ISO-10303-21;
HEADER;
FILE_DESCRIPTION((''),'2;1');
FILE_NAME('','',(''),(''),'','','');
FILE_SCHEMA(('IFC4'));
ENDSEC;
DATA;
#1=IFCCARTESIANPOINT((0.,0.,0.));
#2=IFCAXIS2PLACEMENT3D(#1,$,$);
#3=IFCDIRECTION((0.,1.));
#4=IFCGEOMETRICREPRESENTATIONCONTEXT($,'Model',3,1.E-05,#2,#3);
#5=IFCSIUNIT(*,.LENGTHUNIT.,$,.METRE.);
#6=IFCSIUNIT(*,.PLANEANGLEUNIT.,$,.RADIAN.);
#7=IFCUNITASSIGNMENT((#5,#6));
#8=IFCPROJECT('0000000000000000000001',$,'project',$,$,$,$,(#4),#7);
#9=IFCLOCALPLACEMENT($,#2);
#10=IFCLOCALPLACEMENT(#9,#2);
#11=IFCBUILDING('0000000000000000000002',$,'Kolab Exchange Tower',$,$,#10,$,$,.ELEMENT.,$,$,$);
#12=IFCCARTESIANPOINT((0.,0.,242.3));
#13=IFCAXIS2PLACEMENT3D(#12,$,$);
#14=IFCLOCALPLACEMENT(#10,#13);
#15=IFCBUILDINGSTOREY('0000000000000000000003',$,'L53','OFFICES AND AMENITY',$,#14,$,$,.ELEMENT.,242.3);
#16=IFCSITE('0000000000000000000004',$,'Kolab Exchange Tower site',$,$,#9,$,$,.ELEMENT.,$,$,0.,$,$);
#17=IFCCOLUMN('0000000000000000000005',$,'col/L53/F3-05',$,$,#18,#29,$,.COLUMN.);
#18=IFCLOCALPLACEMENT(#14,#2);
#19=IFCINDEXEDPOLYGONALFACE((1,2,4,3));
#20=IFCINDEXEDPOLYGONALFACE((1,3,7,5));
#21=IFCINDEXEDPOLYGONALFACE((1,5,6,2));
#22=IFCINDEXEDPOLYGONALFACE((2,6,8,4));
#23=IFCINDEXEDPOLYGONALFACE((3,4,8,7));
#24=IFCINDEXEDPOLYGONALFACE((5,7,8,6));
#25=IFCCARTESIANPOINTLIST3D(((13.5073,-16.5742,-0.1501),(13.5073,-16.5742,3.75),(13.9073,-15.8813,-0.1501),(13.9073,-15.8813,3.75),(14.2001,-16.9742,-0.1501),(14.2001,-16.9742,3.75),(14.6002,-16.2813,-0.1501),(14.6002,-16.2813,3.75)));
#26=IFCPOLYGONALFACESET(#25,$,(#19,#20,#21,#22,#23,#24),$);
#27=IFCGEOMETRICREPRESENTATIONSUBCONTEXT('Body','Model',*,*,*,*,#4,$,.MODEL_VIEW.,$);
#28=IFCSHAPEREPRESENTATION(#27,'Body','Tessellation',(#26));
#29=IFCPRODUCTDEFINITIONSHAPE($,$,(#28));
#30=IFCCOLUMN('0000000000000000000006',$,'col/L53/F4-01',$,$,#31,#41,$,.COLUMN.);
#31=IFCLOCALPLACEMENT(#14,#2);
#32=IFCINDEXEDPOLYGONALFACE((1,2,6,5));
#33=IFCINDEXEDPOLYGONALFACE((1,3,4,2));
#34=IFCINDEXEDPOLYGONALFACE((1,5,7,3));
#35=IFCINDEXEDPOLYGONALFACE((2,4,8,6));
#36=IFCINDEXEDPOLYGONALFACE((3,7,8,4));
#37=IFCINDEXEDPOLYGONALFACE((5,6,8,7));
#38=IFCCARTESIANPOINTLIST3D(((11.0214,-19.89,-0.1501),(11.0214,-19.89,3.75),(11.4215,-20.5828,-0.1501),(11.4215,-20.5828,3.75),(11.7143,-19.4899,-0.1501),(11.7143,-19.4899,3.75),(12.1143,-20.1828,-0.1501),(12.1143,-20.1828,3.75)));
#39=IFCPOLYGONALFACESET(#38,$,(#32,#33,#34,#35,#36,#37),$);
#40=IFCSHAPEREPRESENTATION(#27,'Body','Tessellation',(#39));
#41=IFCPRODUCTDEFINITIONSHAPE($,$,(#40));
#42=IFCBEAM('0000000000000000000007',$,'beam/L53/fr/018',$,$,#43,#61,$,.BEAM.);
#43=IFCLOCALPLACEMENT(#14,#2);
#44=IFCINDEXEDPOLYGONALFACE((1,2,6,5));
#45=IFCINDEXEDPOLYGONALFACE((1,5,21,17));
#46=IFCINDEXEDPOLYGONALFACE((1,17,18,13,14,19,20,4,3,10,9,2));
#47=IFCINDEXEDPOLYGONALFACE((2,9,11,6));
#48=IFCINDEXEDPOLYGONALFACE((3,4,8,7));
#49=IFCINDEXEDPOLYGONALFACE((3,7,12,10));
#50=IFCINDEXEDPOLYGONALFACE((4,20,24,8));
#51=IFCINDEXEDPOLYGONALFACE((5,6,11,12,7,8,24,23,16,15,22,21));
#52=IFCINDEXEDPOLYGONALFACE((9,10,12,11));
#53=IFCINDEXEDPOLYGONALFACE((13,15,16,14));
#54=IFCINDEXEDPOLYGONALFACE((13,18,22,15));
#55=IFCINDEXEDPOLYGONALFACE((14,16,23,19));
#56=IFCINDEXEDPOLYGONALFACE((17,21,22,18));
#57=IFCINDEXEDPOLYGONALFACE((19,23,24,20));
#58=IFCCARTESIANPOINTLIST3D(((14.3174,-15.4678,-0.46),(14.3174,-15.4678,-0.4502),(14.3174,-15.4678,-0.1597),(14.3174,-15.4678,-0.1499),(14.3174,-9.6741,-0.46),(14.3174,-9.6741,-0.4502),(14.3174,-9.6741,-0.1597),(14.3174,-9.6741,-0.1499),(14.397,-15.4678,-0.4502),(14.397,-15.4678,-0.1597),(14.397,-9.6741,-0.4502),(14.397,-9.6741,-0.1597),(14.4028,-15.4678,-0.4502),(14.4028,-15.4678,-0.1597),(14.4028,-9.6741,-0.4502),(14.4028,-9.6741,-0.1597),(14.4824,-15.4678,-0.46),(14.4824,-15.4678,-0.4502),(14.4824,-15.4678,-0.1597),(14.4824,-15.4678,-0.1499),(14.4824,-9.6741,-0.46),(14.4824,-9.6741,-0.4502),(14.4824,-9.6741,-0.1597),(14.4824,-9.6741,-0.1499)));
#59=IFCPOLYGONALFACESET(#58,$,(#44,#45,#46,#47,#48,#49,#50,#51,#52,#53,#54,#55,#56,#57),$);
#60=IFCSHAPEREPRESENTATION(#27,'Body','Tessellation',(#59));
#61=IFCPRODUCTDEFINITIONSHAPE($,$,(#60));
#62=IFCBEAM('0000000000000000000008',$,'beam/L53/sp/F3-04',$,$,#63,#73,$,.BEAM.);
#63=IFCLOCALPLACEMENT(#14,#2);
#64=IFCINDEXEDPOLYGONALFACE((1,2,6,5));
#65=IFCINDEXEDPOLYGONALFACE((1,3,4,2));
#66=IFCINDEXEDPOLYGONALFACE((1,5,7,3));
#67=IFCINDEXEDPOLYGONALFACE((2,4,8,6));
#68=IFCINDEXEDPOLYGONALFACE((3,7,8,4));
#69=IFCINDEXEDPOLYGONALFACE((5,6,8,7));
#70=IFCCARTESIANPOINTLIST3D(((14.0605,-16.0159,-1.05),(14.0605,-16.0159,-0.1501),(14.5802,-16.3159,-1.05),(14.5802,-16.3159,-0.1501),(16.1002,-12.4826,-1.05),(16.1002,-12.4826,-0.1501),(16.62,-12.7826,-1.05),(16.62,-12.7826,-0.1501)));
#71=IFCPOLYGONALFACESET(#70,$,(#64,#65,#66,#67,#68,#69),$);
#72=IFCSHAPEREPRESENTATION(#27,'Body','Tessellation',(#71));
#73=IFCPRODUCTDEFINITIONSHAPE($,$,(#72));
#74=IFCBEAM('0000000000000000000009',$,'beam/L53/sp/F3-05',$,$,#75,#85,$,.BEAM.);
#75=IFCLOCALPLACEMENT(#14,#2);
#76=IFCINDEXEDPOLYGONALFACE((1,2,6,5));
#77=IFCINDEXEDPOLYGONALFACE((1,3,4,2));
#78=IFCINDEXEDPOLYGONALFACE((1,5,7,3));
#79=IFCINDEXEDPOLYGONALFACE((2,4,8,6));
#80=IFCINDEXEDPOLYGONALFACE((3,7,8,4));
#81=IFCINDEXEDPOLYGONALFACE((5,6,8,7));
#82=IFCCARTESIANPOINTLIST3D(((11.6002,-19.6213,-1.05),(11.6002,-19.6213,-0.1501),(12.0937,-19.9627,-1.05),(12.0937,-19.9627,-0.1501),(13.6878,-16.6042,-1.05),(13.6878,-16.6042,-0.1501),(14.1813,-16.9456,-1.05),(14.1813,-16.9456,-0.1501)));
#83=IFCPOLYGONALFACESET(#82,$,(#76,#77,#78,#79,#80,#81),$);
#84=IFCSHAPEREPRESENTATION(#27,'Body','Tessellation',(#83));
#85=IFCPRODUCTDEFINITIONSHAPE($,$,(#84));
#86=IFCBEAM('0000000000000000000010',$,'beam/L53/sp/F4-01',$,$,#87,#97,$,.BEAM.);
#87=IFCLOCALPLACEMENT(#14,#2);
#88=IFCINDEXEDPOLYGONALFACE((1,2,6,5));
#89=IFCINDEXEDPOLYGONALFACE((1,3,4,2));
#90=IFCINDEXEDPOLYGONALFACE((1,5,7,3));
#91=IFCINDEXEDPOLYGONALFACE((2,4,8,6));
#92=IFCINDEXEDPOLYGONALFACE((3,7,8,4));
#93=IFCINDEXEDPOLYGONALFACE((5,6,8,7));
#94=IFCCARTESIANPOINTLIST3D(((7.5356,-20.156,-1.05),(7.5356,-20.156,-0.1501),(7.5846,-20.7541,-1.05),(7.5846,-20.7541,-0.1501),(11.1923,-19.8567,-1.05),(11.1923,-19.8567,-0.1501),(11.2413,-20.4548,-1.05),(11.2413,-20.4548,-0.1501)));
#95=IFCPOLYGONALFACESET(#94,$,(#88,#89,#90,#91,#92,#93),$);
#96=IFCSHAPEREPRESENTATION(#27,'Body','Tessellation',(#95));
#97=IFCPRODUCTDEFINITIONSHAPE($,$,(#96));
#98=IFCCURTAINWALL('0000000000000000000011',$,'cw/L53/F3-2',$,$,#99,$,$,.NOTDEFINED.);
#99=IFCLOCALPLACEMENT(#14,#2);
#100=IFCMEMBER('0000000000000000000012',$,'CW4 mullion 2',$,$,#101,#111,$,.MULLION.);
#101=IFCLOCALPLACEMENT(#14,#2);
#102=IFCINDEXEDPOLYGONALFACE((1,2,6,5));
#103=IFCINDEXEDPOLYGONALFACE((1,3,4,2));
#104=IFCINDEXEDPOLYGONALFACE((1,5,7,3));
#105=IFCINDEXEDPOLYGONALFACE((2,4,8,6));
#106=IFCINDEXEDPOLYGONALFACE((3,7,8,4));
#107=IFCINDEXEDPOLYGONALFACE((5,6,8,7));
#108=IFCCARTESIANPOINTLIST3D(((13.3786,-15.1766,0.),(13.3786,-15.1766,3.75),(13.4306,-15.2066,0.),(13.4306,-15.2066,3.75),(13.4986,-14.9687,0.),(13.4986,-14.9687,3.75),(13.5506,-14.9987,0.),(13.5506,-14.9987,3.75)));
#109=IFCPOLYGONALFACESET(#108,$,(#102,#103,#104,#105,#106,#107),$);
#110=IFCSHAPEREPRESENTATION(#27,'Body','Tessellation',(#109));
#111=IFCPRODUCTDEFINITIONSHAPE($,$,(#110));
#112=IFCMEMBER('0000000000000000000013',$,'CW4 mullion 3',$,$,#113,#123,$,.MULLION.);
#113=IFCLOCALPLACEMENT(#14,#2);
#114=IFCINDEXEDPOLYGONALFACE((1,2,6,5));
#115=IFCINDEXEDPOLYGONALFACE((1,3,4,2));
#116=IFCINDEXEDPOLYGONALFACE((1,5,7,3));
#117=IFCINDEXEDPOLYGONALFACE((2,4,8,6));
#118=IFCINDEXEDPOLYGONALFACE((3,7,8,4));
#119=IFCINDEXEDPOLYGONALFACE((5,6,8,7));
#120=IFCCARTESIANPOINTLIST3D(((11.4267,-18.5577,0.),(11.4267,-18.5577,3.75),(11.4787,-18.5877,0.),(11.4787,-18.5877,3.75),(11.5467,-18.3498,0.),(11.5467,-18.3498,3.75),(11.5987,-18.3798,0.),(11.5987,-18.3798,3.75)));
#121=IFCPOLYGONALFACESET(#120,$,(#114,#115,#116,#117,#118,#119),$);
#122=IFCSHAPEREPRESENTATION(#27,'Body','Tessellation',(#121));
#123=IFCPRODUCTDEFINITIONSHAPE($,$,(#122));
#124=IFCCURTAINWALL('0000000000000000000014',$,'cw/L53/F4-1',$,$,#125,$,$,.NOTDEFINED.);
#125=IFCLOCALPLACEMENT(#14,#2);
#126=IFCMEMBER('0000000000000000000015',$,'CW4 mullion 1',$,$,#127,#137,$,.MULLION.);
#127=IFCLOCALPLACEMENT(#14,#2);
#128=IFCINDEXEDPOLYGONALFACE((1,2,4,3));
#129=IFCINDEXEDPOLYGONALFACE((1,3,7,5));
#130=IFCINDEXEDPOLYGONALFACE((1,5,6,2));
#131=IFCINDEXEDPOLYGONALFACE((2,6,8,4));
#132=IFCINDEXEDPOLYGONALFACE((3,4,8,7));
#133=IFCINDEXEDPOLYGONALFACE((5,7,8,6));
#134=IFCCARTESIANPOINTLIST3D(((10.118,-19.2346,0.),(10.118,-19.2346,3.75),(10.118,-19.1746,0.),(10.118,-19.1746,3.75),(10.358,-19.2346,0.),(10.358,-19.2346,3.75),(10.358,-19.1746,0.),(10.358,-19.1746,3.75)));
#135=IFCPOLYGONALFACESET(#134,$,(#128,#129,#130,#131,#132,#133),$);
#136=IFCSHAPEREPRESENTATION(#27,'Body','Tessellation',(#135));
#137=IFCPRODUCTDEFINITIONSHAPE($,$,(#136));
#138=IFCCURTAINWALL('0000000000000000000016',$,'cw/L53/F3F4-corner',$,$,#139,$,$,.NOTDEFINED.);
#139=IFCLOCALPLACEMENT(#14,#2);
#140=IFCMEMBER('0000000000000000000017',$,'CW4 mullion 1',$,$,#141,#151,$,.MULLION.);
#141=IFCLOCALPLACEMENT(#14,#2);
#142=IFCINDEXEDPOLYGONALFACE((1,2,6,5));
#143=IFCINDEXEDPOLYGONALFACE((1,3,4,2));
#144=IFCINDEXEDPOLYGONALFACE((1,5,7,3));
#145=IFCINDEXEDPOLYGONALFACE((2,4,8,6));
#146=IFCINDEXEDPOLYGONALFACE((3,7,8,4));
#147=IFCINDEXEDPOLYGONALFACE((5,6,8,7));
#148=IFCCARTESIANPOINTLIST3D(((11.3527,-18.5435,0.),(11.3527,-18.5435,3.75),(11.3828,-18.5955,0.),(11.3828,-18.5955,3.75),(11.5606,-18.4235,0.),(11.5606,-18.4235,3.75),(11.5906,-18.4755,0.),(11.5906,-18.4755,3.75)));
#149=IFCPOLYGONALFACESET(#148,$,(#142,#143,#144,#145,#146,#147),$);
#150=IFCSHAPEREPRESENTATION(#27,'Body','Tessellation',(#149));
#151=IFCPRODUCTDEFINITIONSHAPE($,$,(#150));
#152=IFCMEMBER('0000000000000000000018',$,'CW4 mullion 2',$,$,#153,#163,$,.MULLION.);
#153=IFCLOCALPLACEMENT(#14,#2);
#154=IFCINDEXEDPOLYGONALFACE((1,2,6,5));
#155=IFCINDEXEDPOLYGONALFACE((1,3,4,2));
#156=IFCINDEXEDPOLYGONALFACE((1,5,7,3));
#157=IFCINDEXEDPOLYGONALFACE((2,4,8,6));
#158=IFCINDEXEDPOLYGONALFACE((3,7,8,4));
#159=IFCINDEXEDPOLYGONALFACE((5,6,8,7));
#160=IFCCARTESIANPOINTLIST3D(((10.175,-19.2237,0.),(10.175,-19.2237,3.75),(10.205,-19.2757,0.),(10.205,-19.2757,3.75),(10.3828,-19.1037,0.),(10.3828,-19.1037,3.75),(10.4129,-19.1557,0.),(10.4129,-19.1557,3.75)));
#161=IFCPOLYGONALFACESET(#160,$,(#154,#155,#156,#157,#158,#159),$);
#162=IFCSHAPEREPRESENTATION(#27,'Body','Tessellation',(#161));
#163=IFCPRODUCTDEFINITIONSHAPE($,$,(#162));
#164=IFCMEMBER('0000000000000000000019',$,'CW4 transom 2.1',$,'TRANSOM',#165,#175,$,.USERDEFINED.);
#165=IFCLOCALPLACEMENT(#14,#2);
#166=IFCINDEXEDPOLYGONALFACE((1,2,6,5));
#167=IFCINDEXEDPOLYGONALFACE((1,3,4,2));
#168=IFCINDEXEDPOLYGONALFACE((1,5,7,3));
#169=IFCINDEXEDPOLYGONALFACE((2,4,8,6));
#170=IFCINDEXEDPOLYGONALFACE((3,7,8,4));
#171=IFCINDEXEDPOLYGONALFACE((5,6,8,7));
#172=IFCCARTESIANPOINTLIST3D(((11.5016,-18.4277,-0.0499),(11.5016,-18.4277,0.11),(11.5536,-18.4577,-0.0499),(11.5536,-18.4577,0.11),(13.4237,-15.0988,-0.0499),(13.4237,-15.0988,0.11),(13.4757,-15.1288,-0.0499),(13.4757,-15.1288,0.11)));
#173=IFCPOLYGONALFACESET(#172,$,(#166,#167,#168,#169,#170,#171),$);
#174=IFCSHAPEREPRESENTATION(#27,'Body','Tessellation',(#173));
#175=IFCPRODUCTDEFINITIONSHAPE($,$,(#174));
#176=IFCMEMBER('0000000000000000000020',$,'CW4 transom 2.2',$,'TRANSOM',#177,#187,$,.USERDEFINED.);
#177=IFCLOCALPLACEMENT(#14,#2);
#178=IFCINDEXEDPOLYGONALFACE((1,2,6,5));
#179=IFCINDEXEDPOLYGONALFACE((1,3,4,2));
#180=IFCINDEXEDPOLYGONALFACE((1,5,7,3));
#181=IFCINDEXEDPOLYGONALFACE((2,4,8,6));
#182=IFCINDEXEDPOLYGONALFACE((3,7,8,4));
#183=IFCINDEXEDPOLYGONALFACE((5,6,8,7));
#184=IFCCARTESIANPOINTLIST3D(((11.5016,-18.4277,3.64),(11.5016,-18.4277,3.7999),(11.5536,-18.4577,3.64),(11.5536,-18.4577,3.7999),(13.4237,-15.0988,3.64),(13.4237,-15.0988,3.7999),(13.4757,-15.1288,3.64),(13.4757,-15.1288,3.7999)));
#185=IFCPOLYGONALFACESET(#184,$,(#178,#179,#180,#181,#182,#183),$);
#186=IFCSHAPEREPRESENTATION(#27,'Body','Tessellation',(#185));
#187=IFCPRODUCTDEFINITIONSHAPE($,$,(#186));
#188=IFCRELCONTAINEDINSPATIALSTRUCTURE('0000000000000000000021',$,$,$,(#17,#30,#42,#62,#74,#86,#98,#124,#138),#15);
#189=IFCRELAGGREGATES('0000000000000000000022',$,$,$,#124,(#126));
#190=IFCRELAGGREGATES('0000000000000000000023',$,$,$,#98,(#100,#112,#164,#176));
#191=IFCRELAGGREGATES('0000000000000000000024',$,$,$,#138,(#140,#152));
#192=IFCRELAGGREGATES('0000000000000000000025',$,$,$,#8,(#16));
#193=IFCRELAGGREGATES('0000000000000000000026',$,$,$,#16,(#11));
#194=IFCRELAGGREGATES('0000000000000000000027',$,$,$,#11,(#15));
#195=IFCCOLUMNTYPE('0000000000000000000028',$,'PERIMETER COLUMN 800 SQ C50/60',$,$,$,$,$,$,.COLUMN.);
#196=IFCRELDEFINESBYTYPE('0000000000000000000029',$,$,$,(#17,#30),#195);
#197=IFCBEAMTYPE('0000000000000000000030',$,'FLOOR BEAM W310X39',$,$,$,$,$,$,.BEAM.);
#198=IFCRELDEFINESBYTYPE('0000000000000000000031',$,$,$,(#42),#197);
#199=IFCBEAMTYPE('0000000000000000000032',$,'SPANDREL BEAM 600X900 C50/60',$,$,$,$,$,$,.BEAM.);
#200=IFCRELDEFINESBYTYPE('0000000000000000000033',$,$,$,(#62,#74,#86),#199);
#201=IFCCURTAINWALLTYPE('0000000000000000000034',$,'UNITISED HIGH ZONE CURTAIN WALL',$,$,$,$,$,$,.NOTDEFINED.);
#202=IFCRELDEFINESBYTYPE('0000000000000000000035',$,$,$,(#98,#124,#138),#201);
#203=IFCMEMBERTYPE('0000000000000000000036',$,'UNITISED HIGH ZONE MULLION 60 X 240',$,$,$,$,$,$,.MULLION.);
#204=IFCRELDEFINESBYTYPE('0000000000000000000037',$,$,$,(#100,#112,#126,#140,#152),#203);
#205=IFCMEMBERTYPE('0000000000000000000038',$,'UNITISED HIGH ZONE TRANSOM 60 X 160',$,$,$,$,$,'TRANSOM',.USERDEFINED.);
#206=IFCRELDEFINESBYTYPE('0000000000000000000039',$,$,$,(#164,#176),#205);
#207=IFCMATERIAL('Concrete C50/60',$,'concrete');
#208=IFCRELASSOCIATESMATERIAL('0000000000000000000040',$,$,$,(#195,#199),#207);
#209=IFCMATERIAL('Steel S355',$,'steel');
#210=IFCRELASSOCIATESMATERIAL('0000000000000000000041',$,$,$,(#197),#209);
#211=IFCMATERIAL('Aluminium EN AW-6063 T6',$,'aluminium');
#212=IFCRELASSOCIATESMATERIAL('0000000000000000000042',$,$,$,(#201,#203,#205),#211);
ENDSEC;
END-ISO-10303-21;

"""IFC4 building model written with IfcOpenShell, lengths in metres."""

from ifc_helpers import new_model, si_unit, direction, frame, origin, origin_2d, place, context, subcontext, project, spatial, rectangle, i_section, extrude, material, material_profile, profile_set, type_object, element, aggregate, save


model = new_model("IFC4")

# Units and contexts
model_context = context("Model", 3, precision=1e-05, world=origin(), true_north=direction((0.0, 1.0)))
body_context = subcontext(model_context, "Body", "Model", "MODEL_VIEW")
ifc_project = project(units=[si_unit("LENGTHUNIT", "METRE"), si_unit("PLANEANGLEUNIT", "RADIAN")], contexts=[model_context])

# Site, building, storey
site_placement = place(None, origin())
site = spatial("IfcSite", under=ifc_project, at=site_placement, Name="Kolab Exchange Tower site", CompositionType="ELEMENT", RefElevation=0.0)
building_placement = place(site_placement, origin())
building = spatial("IfcBuilding", under=site, at=building_placement, Name="Kolab Exchange Tower", CompositionType="ELEMENT")
storey_placement = place(building_placement, frame((0.0, 0.0, 242.3)))
storey = spatial("IfcBuildingStorey", under=building, at=storey_placement, Name="L53", Description="OFFICES AND AMENITY", CompositionType="ELEMENT", Elevation=242.3)

# Columns
ifc_material_1 = material(Name="Concrete C50/60", Category="concrete")
ifc_material_profile_1 = material_profile(ifc_material_1, rectangle(XDim=0.8, YDim=0.8, at=origin_2d()), Name="RC800")
ifc_profile_set_1 = profile_set([ifc_material_profile_1], Name="Concrete C50/60")
column_type = type_object("IfcColumnType", Name="PERIMETER COLUMN 800 SQ C50/60", PredefinedType="COLUMN", material=ifc_profile_set_1)
for number, where, z_axis, x_axis, name in (
    (1, (14.0537, -16.4277, -0.1501), (0.0, 0.0, 1.0), (0.5, 0.866025, 0.0), "col/L53/F3-05"),
    (2, (11.5679, -20.0364, -0.1501), (0.0, 0.0, 1.0), (0.866025, 0.5, 0.0), "col/L53/F4-01"),
):
    element("IfcColumn", number, at=place(storey_placement, frame(where, z_axis=z_axis, x_axis=x_axis)), inside=storey, type_object=column_type, Name=name, PredefinedType="COLUMN", context=body_context, shape_type="SweptSolid", body=[
        extrude(rectangle(XDim=0.8, YDim=0.8, at=origin_2d()), origin(), (0.0, 0.0, 1.0), 3.9001),
    ])

# Beams
ifc_material_2 = material(Name="Steel S355", Category="steel")
ifc_material_profile_2 = material_profile(ifc_material_2, i_section(OverallWidth=0.165, OverallDepth=0.3101, WebThickness=0.0059, FlangeThickness=0.0098, at=origin_2d()), Name="W310X39")
ifc_profile_set_2 = profile_set([ifc_material_profile_2], Name="Steel S355")
beam_type_1 = type_object("IfcBeamType", Name="FLOOR BEAM W310X39", PredefinedType="BEAM", material=ifc_profile_set_2)
beam_1_placement = place(storey_placement, frame((14.3999, -15.4678, -0.3049), z_axis=(0.0, 1.0, 0.0), x_axis=(-1.0, 0.0, 0.0)))
element("IfcBeam", 3, at=beam_1_placement, inside=storey, type_object=beam_type_1, Name="beam/L53/fr/018", PredefinedType="BEAM", context=body_context, shape_type="SweptSolid", body=[
    extrude(i_section(OverallWidth=0.165, OverallDepth=0.3101, WebThickness=0.0059, FlangeThickness=0.0098, at=origin_2d()), origin(), (0.0, 0.0, 1.0), 5.7937),
])
ifc_material_profile_3 = material_profile(ifc_material_1, rectangle(XDim=0.6001, YDim=0.8999, at=origin_2d()), Name="RC600X900")
ifc_profile_set_3 = profile_set([ifc_material_profile_3], Name="Concrete C50/60")
beam_type_2 = type_object("IfcBeamType", Name="SPANDREL BEAM 600X900 C50/60", PredefinedType="BEAM", material=ifc_profile_set_3)
beam_2_placement = place(storey_placement, frame((16.3601, -12.6326, -0.6001), z_axis=(-0.499956, -0.866051, 0.0), x_axis=(0.866051, -0.499956, 0.0)))
element("IfcBeam", 4, at=beam_2_placement, inside=storey, type_object=beam_type_2, Name="beam/L53/sp/F3-04", PredefinedType="BEAM", context=body_context, shape_type="SweptSolid", body=[
    extrude(rectangle(XDim=0.6001, YDim=0.8999, at=origin_2d()), origin(), (0.0, 0.0, 1.0), 4.0798),
])
for number, where, z_axis, x_axis, name in (
    (5, (13.9346, -16.7749, -0.6001), (-0.569006, -0.822334, 0.0), (0.822334, -0.569006, 0.0), "beam/L53/sp/F3-05"),
    (6, (11.2168, -20.1558, -0.6001), (-0.996667, -0.081581, 0.0), (0.081581, -0.996667, 0.0), "beam/L53/sp/F4-01"),
):
    element("IfcBeam", number, at=place(storey_placement, frame(where, z_axis=z_axis, x_axis=x_axis)), inside=storey, type_object=beam_type_2, Name=name, PredefinedType="BEAM", context=body_context, shape_type="SweptSolid", body=[
        extrude(rectangle(XDim=0.6001, YDim=0.8999, at=origin_2d()), origin(), (0.0, 0.0, 1.0), 3.6689),
    ])

# Curtain wall, members
ifc_material_3 = material(Name="Aluminium EN AW-6063 T6", Category="aluminium")
curtain_wall_type = type_object("IfcCurtainWallType", Name="UNITISED HIGH ZONE CURTAIN WALL", PredefinedType="NOTDEFINED", material=ifc_material_3)
curtain_wall_1_placement = place(storey_placement, origin())
curtain_wall_1 = element("IfcCurtainWall", 7, at=curtain_wall_1_placement, inside=storey, type_object=curtain_wall_type, Name="cw/L53/F3-2", PredefinedType="NOTDEFINED")
ifc_material_profile_4 = material_profile(ifc_material_3, rectangle(XDim=0.0601, YDim=0.24, at=origin_2d()), Name="RECT 60X240")
ifc_profile_set_4 = profile_set([ifc_material_profile_4], Name="Aluminium EN AW-6063 T6")
member_type_1 = type_object("IfcMemberType", Name="UNITISED HIGH ZONE MULLION 60 X 240", PredefinedType="MULLION", material=ifc_profile_set_4)
member_1_placement = place(storey_placement, frame((13.4646, -15.0876, 0.0), z_axis=(0.0, 0.0, 1.0), x_axis=(0.866025, -0.5, 0.0)))
member_1 = element("IfcMember", 8, at=member_1_placement, type_object=member_type_1, Name="CW4 mullion 2", PredefinedType="MULLION", context=body_context, shape_type="SweptSolid", body=[
    extrude(rectangle(XDim=0.0601, YDim=0.24, at=origin_2d()), origin(), (0.0, 0.0, 1.0), 3.75),
])
member_2_placement = place(storey_placement, frame((11.5127, -18.4688, 0.0), z_axis=(0.0, 0.0, 1.0), x_axis=(0.866025, -0.5, 0.0)))
member_2 = element("IfcMember", 9, at=member_2_placement, type_object=member_type_1, Name="CW4 mullion 3", PredefinedType="MULLION", context=body_context, shape_type="SweptSolid", body=[
    extrude(rectangle(XDim=0.0601, YDim=0.24, at=origin_2d()), origin(), (0.0, 0.0, 1.0), 3.75),
])

# Curtain wall, member
curtain_wall_2_placement = place(storey_placement, origin())
curtain_wall_2 = element("IfcCurtainWall", 10, at=curtain_wall_2_placement, inside=storey, type_object=curtain_wall_type, Name="cw/L53/F4-1", PredefinedType="NOTDEFINED")
member_3_placement = place(storey_placement, frame((10.238, -19.2046, 0.0), z_axis=(0.0, 0.0, 1.0), x_axis=(0.0, -1.0, 0.0)))
member_3 = element("IfcMember", 11, at=member_3_placement, type_object=member_type_1, Name="CW4 mullion 1", PredefinedType="MULLION", context=body_context, shape_type="SweptSolid", body=[
    extrude(rectangle(XDim=0.0601, YDim=0.24, at=origin_2d()), origin(), (0.0, 0.0, 1.0), 3.75),
])

# Curtain wall, members
curtain_wall_3_placement = place(storey_placement, origin())
curtain_wall_3 = element("IfcCurtainWall", 12, at=curtain_wall_3_placement, inside=storey, type_object=curtain_wall_type, Name="cw/L53/F3F4-corner", PredefinedType="NOTDEFINED")
member_4_placement = place(storey_placement, frame((11.4717, -18.5095, 0.0), z_axis=(0.0, 0.0, 1.0), x_axis=(0.5, -0.866025, 0.0)))
member_4 = element("IfcMember", 13, at=member_4_placement, type_object=member_type_1, Name="CW4 mullion 1", PredefinedType="MULLION", context=body_context, shape_type="SweptSolid", body=[
    extrude(rectangle(XDim=0.0601, YDim=0.24, at=origin_2d()), origin(), (0.0, 0.0, 1.0), 3.75),
])
member_5_placement = place(storey_placement, frame((10.2939, -19.1897, 0.0), z_axis=(0.0, 0.0, 1.0), x_axis=(0.5, -0.866025, 0.0)))
member_5 = element("IfcMember", 14, at=member_5_placement, type_object=member_type_1, Name="CW4 mullion 2", PredefinedType="MULLION", context=body_context, shape_type="SweptSolid", body=[
    extrude(rectangle(XDim=0.0601, YDim=0.24, at=origin_2d()), origin(), (0.0, 0.0, 1.0), 3.75),
])

# Members
ifc_material_profile_5 = material_profile(ifc_material_3, rectangle(XDim=0.0601, YDim=0.1599, at=origin_2d()), Name="RECT 60X160")
ifc_profile_set_5 = profile_set([ifc_material_profile_5], Name="Aluminium EN AW-6063 T6")
member_type_2 = type_object("IfcMemberType", Name="UNITISED HIGH ZONE TRANSOM 60 X 160", ElementType="TRANSOM", PredefinedType="USERDEFINED", material=ifc_profile_set_5)
member_6_placement = place(storey_placement, frame((13.4497, -15.1138, 0.03), z_axis=(-0.500039, -0.866003, 0.0), x_axis=(0.866003, -0.500039, 0.0)))
member_6 = element("IfcMember", 15, at=member_6_placement, type_object=member_type_2, Name="CW4 transom 2.1", ObjectType="TRANSOM", PredefinedType="USERDEFINED", context=body_context, shape_type="SweptSolid", body=[
    extrude(rectangle(XDim=0.0601, YDim=0.1599, at=origin_2d()), origin(), (0.0, 0.0, 1.0), 3.844),
])
member_7_placement = place(storey_placement, frame((13.4497, -15.1138, 3.72), z_axis=(-0.500039, -0.866003, 0.0), x_axis=(0.866003, -0.500039, 0.0)))
member_7 = element("IfcMember", 16, at=member_7_placement, type_object=member_type_2, Name="CW4 transom 2.2", ObjectType="TRANSOM", PredefinedType="USERDEFINED", context=body_context, shape_type="SweptSolid", body=[
    extrude(rectangle(XDim=0.0601, YDim=0.1599, at=origin_2d()), origin(), (0.0, 0.0, 1.0), 3.844),
])
aggregate(curtain_wall_2, [member_3])

aggregate(curtain_wall_1, [member_1, member_2, member_6, member_7])
aggregate(curtain_wall_3, [member_4, member_5])

save(model, "model.ifc")
